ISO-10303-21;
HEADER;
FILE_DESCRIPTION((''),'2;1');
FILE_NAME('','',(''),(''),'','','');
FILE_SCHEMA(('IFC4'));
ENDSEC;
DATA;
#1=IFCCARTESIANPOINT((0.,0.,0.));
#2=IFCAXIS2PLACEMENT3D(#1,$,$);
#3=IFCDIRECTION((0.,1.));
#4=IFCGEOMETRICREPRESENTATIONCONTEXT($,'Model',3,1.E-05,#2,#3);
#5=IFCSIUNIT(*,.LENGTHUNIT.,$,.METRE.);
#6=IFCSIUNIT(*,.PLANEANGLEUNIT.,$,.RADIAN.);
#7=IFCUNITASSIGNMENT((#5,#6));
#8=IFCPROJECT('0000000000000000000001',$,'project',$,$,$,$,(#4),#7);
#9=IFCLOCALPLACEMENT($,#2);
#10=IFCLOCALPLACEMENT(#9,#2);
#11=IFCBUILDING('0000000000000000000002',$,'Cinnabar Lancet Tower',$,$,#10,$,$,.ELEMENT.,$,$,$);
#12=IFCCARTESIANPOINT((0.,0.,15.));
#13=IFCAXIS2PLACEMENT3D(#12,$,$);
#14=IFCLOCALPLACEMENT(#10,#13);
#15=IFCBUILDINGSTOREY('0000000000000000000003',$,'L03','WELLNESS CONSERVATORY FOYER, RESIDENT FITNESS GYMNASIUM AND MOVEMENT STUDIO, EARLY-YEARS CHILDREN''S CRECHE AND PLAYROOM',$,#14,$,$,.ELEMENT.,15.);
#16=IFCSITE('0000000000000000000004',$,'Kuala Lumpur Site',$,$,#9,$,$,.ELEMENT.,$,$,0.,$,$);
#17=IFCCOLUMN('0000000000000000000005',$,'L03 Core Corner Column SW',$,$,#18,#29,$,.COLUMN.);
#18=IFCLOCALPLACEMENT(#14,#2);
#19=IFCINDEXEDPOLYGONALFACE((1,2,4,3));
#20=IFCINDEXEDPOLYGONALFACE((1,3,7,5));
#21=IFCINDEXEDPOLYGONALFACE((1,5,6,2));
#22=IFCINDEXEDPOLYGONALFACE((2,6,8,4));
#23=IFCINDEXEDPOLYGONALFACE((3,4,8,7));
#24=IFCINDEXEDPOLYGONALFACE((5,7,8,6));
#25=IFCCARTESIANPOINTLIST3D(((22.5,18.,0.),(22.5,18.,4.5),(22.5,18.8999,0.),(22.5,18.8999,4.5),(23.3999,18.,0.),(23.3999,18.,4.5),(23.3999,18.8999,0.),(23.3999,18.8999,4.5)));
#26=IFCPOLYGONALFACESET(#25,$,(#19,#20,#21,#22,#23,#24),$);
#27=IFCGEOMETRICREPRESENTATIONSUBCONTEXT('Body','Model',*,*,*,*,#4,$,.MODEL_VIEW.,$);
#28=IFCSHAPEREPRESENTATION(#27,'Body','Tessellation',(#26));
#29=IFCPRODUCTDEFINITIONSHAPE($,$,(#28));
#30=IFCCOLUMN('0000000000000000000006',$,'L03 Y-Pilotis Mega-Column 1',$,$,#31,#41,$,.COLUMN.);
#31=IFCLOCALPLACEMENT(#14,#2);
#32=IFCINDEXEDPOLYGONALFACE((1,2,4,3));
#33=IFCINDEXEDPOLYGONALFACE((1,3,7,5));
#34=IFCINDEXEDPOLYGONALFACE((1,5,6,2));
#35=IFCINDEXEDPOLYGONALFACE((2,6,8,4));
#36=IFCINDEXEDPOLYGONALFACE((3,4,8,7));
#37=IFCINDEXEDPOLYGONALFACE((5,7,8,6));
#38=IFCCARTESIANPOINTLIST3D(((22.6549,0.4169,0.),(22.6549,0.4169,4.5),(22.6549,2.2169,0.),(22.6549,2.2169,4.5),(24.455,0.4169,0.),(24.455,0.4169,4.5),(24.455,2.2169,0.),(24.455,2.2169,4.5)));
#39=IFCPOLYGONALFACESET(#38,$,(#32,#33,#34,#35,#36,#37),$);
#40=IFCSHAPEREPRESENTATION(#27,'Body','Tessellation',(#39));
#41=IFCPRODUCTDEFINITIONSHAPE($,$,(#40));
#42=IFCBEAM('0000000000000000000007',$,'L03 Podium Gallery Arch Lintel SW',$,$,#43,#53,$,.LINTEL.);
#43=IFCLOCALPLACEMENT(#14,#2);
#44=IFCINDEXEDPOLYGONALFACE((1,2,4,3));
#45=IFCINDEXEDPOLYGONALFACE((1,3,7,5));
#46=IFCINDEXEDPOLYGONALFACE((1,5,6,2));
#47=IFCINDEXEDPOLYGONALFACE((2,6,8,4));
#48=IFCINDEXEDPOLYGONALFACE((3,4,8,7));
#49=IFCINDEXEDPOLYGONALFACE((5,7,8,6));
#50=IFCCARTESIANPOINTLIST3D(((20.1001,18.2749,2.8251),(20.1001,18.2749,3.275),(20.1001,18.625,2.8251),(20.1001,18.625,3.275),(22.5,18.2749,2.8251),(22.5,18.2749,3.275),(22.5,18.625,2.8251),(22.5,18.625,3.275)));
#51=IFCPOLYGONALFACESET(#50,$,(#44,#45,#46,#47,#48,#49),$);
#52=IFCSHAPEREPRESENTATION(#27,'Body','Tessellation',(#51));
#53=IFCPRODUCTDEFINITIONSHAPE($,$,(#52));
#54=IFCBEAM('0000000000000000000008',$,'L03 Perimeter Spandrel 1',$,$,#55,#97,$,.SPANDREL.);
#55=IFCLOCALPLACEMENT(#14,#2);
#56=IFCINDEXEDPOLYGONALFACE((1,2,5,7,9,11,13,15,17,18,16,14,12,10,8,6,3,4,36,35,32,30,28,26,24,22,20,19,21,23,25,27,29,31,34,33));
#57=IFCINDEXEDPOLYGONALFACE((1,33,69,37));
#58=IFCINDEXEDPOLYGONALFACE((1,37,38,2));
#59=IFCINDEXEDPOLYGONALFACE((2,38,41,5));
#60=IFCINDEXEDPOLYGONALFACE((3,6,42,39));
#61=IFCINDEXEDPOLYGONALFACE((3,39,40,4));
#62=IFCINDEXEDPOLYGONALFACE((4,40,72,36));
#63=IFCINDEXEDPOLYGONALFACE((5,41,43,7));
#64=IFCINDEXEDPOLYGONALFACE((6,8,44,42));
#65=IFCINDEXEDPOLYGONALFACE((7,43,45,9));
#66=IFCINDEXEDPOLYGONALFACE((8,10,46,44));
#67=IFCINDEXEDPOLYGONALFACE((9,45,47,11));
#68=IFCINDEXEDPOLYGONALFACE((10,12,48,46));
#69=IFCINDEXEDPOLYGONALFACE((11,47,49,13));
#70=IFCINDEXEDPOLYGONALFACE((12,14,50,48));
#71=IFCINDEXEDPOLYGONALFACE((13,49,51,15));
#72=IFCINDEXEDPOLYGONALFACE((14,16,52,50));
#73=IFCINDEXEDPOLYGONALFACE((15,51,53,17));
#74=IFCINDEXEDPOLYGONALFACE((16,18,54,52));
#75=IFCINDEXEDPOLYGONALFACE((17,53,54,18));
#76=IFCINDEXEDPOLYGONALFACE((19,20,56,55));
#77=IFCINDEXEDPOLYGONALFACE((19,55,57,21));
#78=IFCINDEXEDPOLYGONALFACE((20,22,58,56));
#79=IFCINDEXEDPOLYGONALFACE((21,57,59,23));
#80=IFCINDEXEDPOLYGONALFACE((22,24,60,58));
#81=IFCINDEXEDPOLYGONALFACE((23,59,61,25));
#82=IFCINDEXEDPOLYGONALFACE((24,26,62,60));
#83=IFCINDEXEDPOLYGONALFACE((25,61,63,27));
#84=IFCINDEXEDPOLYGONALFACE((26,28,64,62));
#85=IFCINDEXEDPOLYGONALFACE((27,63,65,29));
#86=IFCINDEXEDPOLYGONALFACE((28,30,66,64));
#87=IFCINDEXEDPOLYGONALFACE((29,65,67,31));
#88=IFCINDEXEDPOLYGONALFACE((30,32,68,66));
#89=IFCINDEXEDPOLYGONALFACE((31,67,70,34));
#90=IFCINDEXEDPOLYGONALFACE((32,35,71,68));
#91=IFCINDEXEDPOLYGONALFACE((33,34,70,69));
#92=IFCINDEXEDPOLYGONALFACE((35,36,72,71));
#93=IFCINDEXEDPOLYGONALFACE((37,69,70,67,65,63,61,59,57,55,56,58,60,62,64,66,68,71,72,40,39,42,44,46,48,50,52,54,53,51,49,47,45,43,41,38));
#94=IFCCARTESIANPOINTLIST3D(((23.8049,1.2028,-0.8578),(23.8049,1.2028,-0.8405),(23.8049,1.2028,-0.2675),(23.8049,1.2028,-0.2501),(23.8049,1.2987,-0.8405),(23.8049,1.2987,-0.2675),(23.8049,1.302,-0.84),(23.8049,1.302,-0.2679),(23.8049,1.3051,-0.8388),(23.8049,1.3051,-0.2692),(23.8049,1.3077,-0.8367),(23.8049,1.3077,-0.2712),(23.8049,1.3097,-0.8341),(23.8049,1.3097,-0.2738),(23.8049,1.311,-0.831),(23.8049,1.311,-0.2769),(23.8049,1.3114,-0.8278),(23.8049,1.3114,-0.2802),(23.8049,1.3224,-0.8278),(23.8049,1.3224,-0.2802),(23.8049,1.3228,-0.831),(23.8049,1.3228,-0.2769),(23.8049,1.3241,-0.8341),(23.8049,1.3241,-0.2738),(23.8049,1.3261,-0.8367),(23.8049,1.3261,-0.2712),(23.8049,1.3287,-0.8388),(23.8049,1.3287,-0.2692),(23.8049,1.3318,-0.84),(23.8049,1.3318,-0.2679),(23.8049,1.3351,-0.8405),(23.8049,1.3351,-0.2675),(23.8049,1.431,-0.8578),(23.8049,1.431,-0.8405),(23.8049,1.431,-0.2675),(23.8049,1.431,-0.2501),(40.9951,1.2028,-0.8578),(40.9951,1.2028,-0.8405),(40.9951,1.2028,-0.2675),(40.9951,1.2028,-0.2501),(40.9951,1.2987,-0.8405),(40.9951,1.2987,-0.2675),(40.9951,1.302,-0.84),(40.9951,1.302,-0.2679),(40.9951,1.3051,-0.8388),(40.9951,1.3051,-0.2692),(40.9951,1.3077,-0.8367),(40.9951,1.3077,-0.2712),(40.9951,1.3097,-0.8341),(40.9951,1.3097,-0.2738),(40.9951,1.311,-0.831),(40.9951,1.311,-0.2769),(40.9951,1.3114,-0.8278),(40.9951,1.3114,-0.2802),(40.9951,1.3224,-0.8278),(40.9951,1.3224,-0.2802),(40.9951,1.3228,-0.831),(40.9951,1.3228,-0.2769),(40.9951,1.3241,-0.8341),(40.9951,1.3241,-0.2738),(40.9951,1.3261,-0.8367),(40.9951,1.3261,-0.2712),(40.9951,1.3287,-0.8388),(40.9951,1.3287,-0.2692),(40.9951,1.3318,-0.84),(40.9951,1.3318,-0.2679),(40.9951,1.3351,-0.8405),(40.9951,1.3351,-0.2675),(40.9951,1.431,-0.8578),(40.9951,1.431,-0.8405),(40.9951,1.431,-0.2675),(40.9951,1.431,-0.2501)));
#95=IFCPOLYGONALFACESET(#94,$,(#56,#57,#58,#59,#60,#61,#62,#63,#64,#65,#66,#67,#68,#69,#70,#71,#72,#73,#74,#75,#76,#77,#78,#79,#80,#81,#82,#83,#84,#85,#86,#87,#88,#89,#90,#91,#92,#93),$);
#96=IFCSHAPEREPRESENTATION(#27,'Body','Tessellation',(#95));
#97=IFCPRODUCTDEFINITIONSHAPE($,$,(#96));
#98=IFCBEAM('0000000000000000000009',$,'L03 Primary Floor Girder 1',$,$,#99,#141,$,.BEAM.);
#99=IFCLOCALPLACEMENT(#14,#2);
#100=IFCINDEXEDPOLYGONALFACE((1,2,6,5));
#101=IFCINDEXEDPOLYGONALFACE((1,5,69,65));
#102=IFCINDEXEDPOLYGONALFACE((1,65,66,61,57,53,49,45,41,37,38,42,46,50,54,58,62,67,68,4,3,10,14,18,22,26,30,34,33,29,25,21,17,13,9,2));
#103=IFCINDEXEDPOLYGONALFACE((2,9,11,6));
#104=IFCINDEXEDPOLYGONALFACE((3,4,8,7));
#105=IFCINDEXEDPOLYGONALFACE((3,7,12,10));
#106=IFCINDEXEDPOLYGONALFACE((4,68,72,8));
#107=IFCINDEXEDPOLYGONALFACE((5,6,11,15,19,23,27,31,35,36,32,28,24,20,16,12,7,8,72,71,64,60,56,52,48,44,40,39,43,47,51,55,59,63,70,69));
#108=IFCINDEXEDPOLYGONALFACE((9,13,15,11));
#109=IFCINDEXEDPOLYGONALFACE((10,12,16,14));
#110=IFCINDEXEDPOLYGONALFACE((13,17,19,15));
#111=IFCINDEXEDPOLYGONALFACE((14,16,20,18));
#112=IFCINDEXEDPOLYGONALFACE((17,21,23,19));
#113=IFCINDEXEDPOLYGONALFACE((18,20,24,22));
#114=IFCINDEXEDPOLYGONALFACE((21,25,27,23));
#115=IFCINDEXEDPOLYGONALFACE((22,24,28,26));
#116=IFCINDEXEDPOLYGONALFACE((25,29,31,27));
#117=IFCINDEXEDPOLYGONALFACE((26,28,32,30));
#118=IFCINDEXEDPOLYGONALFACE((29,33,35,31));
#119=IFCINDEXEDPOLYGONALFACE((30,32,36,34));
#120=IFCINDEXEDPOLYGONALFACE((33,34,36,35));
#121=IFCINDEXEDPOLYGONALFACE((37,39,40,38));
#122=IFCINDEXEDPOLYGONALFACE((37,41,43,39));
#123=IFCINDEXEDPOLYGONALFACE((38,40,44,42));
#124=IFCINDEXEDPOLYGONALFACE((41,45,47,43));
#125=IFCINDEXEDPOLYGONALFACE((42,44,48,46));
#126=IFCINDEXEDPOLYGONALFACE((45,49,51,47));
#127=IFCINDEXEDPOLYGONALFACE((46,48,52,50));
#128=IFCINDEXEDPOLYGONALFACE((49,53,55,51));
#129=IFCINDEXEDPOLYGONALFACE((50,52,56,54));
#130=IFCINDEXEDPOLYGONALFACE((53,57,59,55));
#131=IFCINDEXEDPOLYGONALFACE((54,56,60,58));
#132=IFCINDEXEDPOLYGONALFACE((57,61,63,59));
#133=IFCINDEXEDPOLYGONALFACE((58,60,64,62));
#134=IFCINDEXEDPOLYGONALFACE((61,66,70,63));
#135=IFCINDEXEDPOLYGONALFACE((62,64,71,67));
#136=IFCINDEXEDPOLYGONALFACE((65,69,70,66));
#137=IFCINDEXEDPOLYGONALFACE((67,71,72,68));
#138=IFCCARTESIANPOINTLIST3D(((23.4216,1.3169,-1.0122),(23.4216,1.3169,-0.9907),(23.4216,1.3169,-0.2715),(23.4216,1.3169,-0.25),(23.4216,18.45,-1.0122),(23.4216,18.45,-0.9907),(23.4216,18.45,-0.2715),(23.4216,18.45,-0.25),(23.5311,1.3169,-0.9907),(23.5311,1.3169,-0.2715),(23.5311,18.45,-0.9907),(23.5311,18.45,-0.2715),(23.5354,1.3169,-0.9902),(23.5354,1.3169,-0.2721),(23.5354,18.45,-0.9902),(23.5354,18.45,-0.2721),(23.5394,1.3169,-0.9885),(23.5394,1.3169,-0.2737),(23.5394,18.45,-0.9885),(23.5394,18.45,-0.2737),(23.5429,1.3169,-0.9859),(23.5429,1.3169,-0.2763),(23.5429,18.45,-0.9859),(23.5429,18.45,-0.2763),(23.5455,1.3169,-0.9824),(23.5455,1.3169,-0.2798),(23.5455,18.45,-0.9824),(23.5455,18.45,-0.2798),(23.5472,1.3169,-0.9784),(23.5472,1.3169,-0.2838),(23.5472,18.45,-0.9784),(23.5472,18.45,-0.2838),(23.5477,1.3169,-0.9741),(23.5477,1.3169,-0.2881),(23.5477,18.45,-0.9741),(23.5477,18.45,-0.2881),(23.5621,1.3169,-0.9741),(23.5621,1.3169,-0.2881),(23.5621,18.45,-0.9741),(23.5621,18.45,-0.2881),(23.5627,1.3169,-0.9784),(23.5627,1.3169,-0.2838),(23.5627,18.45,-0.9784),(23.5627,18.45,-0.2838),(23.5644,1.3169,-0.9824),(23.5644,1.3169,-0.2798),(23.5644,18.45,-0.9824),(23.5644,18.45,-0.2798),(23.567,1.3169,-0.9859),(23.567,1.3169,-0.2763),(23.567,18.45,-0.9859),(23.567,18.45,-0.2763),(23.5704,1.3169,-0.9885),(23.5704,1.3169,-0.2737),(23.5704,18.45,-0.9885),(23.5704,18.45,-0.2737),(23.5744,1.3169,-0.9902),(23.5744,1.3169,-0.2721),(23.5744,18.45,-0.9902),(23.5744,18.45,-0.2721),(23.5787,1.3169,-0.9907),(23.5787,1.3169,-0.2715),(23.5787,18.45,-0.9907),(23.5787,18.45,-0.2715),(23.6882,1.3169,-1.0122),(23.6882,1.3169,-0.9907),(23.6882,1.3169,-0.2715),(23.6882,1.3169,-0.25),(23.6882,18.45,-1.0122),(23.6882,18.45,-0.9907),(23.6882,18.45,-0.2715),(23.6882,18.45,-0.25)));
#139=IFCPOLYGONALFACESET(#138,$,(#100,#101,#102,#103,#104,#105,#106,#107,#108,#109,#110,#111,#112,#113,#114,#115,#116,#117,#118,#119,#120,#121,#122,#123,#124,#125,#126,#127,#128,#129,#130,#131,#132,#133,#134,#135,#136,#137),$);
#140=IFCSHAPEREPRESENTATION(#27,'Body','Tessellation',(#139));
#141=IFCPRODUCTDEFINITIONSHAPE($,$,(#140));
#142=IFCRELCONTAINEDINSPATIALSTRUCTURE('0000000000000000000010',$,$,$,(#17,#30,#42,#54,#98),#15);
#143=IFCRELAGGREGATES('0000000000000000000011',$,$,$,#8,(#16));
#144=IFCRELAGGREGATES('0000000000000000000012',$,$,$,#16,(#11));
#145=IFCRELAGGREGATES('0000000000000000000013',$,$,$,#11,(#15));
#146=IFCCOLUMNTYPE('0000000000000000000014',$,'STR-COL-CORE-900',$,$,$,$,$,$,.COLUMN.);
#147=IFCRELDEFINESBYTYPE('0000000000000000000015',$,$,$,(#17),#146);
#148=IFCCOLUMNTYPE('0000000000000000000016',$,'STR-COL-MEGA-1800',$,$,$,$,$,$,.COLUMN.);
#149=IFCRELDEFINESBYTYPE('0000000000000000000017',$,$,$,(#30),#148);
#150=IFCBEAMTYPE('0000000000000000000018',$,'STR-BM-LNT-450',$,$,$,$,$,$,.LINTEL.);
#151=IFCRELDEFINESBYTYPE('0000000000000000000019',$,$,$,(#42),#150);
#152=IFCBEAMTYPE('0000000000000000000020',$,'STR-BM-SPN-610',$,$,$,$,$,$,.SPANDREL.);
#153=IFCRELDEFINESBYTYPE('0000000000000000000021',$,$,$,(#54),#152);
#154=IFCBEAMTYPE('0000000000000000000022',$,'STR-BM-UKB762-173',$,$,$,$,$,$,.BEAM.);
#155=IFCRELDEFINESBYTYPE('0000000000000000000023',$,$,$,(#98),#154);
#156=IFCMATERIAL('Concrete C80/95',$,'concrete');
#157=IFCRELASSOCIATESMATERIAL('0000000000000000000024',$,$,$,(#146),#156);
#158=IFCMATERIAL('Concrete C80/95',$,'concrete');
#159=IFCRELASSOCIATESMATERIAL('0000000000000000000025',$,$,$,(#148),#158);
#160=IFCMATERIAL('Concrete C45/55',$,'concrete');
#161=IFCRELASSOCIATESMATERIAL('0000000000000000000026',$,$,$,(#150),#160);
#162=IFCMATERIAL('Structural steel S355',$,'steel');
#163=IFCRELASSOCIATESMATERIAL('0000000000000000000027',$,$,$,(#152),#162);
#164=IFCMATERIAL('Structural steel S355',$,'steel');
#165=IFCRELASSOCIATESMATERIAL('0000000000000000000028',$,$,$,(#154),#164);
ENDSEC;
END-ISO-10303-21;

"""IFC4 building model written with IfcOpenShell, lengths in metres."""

from ifc_helpers import new_model, si_unit, direction, frame, origin, origin_2d, place, context, subcontext, project, spatial, rectangle, i_section, extrude, material, material_profile, profile_set, type_object, element, save


model = new_model("IFC4")

# Units and contexts
model_context = context("Model", 3, precision=1e-05, world=origin(), true_north=direction((0.0, 1.0)))
body_context = subcontext(model_context, "Body", "Model", "MODEL_VIEW")
ifc_project = project(units=[si_unit("LENGTHUNIT", "METRE"), si_unit("PLANEANGLEUNIT", "RADIAN")], contexts=[model_context])

# Site, building, storey
site_placement = place(None, origin())
site = spatial("IfcSite", under=ifc_project, at=site_placement, Name="Kuala Lumpur Site", CompositionType="ELEMENT", RefElevation=0.0)
building_placement = place(site_placement, origin())
building = spatial("IfcBuilding", under=site, at=building_placement, Name="Cinnabar Lancet Tower", CompositionType="ELEMENT")
storey_placement = place(building_placement, frame((0.0, 0.0, 15.0)))
storey = spatial("IfcBuildingStorey", under=building, at=storey_placement, Name="L03", Description="WELLNESS CONSERVATORY FOYER, RESIDENT FITNESS GYMNASIUM AND MOVEMENT STUDIO, EARLY-YEARS CHILDREN'S CRECHE AND PLAYROOM", CompositionType="ELEMENT", Elevation=15.0)

# Columns
ifc_material_1 = material(Name="Concrete C80/95", Category="concrete")
ifc_material_profile_1 = material_profile(ifc_material_1, rectangle(XDim=0.8999, YDim=0.8999, at=origin_2d()), Name="RC-COL 900x900")
ifc_profile_set_1 = profile_set([ifc_material_profile_1], Name="Concrete C80/95")
column_type_1 = type_object("IfcColumnType", Name="STR-COL-CORE-900", PredefinedType="COLUMN", material=ifc_profile_set_1)
column_1_placement = place(storey_placement, frame((22.95, 18.45, 0.0), z_axis=(0.0, 0.0, 1.0), x_axis=(1.0, 0.0, 0.0)))
element("IfcColumn", 1, at=column_1_placement, inside=storey, type_object=column_type_1, Name="L03 Core Corner Column SW", PredefinedType="COLUMN", context=body_context, shape_type="SweptSolid", body=[
    extrude(rectangle(XDim=0.8999, YDim=0.8999, at=origin_2d()), origin(), (0.0, 0.0, 1.0), 4.5),
])
ifc_material_2 = material(Name="Concrete C80/95", Category="concrete")
ifc_material_profile_2 = material_profile(ifc_material_2, rectangle(XDim=1.8, YDim=1.8, at=origin_2d()), Name="RC-MEGA 1800x1800")
ifc_profile_set_2 = profile_set([ifc_material_profile_2], Name="Concrete C80/95")
column_type_2 = type_object("IfcColumnType", Name="STR-COL-MEGA-1800", PredefinedType="COLUMN", material=ifc_profile_set_2)
column_2_placement = place(storey_placement, frame((23.5549, 1.3169, 0.0), z_axis=(0.0, 0.0, 1.0), x_axis=(1.0, 0.0, 0.0)))
element("IfcColumn", 2, at=column_2_placement, inside=storey, type_object=column_type_2, Name="L03 Y-Pilotis Mega-Column 1", PredefinedType="COLUMN", context=body_context, shape_type="SweptSolid", body=[
    extrude(rectangle(XDim=1.8, YDim=1.8, at=origin_2d()), origin(), (0.0, 0.0, 1.0), 4.5),
])

# Beams
ifc_material_3 = material(Name="Concrete C45/55", Category="concrete")
ifc_material_profile_3 = material_profile(ifc_material_3, rectangle(XDim=0.3501, YDim=0.45, at=origin_2d()), Name="RC-LNT 350x450")
ifc_profile_set_3 = profile_set([ifc_material_profile_3], Name="Concrete C45/55")
beam_type_1 = type_object("IfcBeamType", Name="STR-BM-LNT-450", PredefinedType="LINTEL", material=ifc_profile_set_3)
beam_1_placement = place(storey_placement, frame((20.1001, 18.45, 3.05), z_axis=(1.0, 0.0, 0.0), x_axis=(0.0, 1.0, 0.0)))
element("IfcBeam", 3, at=beam_1_placement, inside=storey, type_object=beam_type_1, Name="L03 Podium Gallery Arch Lintel SW", PredefinedType="LINTEL", context=body_context, shape_type="SweptSolid", body=[
    extrude(rectangle(XDim=0.3501, YDim=0.45, at=origin_2d()), origin(), (0.0, 0.0, 1.0), 2.3999),
])
ifc_material_4 = material(Name="Structural steel S355", Category="steel")
ifc_material_profile_4 = material_profile(ifc_material_4, i_section(OverallWidth=0.2283, OverallDepth=0.6077, WebThickness=0.011, FlangeThickness=0.0173, FilletRadius=0.0127, at=origin_2d()), Name="UKB 610x229x113")
ifc_profile_set_4 = profile_set([ifc_material_profile_4], Name="Structural steel S355")
beam_type_2 = type_object("IfcBeamType", Name="STR-BM-SPN-610", PredefinedType="SPANDREL", material=ifc_profile_set_4)
beam_2_placement = place(storey_placement, frame((23.8049, 1.3169, -0.554), z_axis=(1.0, 0.0, 0.0), x_axis=(0.0, 1.0, 0.0)))
element("IfcBeam", 4, at=beam_2_placement, inside=storey, type_object=beam_type_2, Name="L03 Perimeter Spandrel 1", PredefinedType="SPANDREL", context=body_context, shape_type="SweptSolid", body=[
    extrude(i_section(OverallWidth=0.2283, OverallDepth=0.6077, WebThickness=0.011, FlangeThickness=0.0173, FilletRadius=0.0127, at=origin_2d()), origin(), (0.0, 0.0, 1.0), 17.1902),
])
ifc_material_5 = material(Name="Structural steel S355", Category="steel")
ifc_material_profile_5 = material_profile(ifc_material_5, i_section(OverallWidth=0.2666, OverallDepth=0.7622, WebThickness=0.0144, FlangeThickness=0.0215, FilletRadius=0.0166, at=origin_2d()), Name="UKB 762x267x173")
ifc_profile_set_5 = profile_set([ifc_material_profile_5], Name="Structural steel S355")
beam_type_3 = type_object("IfcBeamType", Name="STR-BM-UKB762-173", PredefinedType="BEAM", material=ifc_profile_set_5)
beam_3_placement = place(storey_placement, frame((23.5549, 1.3169, -0.6311), z_axis=(0.0, 1.0, 0.0), x_axis=(-1.0, 0.0, 0.0)))
element("IfcBeam", 5, at=beam_3_placement, inside=storey, type_object=beam_type_3, Name="L03 Primary Floor Girder 1", PredefinedType="BEAM", context=body_context, shape_type="SweptSolid", body=[
    extrude(i_section(OverallWidth=0.2666, OverallDepth=0.7622, WebThickness=0.0144, FlangeThickness=0.0215, FilletRadius=0.0166, at=origin_2d()), origin(), (0.0, 0.0, 1.0), 17.1331),
])

save(model, "model.ifc")
